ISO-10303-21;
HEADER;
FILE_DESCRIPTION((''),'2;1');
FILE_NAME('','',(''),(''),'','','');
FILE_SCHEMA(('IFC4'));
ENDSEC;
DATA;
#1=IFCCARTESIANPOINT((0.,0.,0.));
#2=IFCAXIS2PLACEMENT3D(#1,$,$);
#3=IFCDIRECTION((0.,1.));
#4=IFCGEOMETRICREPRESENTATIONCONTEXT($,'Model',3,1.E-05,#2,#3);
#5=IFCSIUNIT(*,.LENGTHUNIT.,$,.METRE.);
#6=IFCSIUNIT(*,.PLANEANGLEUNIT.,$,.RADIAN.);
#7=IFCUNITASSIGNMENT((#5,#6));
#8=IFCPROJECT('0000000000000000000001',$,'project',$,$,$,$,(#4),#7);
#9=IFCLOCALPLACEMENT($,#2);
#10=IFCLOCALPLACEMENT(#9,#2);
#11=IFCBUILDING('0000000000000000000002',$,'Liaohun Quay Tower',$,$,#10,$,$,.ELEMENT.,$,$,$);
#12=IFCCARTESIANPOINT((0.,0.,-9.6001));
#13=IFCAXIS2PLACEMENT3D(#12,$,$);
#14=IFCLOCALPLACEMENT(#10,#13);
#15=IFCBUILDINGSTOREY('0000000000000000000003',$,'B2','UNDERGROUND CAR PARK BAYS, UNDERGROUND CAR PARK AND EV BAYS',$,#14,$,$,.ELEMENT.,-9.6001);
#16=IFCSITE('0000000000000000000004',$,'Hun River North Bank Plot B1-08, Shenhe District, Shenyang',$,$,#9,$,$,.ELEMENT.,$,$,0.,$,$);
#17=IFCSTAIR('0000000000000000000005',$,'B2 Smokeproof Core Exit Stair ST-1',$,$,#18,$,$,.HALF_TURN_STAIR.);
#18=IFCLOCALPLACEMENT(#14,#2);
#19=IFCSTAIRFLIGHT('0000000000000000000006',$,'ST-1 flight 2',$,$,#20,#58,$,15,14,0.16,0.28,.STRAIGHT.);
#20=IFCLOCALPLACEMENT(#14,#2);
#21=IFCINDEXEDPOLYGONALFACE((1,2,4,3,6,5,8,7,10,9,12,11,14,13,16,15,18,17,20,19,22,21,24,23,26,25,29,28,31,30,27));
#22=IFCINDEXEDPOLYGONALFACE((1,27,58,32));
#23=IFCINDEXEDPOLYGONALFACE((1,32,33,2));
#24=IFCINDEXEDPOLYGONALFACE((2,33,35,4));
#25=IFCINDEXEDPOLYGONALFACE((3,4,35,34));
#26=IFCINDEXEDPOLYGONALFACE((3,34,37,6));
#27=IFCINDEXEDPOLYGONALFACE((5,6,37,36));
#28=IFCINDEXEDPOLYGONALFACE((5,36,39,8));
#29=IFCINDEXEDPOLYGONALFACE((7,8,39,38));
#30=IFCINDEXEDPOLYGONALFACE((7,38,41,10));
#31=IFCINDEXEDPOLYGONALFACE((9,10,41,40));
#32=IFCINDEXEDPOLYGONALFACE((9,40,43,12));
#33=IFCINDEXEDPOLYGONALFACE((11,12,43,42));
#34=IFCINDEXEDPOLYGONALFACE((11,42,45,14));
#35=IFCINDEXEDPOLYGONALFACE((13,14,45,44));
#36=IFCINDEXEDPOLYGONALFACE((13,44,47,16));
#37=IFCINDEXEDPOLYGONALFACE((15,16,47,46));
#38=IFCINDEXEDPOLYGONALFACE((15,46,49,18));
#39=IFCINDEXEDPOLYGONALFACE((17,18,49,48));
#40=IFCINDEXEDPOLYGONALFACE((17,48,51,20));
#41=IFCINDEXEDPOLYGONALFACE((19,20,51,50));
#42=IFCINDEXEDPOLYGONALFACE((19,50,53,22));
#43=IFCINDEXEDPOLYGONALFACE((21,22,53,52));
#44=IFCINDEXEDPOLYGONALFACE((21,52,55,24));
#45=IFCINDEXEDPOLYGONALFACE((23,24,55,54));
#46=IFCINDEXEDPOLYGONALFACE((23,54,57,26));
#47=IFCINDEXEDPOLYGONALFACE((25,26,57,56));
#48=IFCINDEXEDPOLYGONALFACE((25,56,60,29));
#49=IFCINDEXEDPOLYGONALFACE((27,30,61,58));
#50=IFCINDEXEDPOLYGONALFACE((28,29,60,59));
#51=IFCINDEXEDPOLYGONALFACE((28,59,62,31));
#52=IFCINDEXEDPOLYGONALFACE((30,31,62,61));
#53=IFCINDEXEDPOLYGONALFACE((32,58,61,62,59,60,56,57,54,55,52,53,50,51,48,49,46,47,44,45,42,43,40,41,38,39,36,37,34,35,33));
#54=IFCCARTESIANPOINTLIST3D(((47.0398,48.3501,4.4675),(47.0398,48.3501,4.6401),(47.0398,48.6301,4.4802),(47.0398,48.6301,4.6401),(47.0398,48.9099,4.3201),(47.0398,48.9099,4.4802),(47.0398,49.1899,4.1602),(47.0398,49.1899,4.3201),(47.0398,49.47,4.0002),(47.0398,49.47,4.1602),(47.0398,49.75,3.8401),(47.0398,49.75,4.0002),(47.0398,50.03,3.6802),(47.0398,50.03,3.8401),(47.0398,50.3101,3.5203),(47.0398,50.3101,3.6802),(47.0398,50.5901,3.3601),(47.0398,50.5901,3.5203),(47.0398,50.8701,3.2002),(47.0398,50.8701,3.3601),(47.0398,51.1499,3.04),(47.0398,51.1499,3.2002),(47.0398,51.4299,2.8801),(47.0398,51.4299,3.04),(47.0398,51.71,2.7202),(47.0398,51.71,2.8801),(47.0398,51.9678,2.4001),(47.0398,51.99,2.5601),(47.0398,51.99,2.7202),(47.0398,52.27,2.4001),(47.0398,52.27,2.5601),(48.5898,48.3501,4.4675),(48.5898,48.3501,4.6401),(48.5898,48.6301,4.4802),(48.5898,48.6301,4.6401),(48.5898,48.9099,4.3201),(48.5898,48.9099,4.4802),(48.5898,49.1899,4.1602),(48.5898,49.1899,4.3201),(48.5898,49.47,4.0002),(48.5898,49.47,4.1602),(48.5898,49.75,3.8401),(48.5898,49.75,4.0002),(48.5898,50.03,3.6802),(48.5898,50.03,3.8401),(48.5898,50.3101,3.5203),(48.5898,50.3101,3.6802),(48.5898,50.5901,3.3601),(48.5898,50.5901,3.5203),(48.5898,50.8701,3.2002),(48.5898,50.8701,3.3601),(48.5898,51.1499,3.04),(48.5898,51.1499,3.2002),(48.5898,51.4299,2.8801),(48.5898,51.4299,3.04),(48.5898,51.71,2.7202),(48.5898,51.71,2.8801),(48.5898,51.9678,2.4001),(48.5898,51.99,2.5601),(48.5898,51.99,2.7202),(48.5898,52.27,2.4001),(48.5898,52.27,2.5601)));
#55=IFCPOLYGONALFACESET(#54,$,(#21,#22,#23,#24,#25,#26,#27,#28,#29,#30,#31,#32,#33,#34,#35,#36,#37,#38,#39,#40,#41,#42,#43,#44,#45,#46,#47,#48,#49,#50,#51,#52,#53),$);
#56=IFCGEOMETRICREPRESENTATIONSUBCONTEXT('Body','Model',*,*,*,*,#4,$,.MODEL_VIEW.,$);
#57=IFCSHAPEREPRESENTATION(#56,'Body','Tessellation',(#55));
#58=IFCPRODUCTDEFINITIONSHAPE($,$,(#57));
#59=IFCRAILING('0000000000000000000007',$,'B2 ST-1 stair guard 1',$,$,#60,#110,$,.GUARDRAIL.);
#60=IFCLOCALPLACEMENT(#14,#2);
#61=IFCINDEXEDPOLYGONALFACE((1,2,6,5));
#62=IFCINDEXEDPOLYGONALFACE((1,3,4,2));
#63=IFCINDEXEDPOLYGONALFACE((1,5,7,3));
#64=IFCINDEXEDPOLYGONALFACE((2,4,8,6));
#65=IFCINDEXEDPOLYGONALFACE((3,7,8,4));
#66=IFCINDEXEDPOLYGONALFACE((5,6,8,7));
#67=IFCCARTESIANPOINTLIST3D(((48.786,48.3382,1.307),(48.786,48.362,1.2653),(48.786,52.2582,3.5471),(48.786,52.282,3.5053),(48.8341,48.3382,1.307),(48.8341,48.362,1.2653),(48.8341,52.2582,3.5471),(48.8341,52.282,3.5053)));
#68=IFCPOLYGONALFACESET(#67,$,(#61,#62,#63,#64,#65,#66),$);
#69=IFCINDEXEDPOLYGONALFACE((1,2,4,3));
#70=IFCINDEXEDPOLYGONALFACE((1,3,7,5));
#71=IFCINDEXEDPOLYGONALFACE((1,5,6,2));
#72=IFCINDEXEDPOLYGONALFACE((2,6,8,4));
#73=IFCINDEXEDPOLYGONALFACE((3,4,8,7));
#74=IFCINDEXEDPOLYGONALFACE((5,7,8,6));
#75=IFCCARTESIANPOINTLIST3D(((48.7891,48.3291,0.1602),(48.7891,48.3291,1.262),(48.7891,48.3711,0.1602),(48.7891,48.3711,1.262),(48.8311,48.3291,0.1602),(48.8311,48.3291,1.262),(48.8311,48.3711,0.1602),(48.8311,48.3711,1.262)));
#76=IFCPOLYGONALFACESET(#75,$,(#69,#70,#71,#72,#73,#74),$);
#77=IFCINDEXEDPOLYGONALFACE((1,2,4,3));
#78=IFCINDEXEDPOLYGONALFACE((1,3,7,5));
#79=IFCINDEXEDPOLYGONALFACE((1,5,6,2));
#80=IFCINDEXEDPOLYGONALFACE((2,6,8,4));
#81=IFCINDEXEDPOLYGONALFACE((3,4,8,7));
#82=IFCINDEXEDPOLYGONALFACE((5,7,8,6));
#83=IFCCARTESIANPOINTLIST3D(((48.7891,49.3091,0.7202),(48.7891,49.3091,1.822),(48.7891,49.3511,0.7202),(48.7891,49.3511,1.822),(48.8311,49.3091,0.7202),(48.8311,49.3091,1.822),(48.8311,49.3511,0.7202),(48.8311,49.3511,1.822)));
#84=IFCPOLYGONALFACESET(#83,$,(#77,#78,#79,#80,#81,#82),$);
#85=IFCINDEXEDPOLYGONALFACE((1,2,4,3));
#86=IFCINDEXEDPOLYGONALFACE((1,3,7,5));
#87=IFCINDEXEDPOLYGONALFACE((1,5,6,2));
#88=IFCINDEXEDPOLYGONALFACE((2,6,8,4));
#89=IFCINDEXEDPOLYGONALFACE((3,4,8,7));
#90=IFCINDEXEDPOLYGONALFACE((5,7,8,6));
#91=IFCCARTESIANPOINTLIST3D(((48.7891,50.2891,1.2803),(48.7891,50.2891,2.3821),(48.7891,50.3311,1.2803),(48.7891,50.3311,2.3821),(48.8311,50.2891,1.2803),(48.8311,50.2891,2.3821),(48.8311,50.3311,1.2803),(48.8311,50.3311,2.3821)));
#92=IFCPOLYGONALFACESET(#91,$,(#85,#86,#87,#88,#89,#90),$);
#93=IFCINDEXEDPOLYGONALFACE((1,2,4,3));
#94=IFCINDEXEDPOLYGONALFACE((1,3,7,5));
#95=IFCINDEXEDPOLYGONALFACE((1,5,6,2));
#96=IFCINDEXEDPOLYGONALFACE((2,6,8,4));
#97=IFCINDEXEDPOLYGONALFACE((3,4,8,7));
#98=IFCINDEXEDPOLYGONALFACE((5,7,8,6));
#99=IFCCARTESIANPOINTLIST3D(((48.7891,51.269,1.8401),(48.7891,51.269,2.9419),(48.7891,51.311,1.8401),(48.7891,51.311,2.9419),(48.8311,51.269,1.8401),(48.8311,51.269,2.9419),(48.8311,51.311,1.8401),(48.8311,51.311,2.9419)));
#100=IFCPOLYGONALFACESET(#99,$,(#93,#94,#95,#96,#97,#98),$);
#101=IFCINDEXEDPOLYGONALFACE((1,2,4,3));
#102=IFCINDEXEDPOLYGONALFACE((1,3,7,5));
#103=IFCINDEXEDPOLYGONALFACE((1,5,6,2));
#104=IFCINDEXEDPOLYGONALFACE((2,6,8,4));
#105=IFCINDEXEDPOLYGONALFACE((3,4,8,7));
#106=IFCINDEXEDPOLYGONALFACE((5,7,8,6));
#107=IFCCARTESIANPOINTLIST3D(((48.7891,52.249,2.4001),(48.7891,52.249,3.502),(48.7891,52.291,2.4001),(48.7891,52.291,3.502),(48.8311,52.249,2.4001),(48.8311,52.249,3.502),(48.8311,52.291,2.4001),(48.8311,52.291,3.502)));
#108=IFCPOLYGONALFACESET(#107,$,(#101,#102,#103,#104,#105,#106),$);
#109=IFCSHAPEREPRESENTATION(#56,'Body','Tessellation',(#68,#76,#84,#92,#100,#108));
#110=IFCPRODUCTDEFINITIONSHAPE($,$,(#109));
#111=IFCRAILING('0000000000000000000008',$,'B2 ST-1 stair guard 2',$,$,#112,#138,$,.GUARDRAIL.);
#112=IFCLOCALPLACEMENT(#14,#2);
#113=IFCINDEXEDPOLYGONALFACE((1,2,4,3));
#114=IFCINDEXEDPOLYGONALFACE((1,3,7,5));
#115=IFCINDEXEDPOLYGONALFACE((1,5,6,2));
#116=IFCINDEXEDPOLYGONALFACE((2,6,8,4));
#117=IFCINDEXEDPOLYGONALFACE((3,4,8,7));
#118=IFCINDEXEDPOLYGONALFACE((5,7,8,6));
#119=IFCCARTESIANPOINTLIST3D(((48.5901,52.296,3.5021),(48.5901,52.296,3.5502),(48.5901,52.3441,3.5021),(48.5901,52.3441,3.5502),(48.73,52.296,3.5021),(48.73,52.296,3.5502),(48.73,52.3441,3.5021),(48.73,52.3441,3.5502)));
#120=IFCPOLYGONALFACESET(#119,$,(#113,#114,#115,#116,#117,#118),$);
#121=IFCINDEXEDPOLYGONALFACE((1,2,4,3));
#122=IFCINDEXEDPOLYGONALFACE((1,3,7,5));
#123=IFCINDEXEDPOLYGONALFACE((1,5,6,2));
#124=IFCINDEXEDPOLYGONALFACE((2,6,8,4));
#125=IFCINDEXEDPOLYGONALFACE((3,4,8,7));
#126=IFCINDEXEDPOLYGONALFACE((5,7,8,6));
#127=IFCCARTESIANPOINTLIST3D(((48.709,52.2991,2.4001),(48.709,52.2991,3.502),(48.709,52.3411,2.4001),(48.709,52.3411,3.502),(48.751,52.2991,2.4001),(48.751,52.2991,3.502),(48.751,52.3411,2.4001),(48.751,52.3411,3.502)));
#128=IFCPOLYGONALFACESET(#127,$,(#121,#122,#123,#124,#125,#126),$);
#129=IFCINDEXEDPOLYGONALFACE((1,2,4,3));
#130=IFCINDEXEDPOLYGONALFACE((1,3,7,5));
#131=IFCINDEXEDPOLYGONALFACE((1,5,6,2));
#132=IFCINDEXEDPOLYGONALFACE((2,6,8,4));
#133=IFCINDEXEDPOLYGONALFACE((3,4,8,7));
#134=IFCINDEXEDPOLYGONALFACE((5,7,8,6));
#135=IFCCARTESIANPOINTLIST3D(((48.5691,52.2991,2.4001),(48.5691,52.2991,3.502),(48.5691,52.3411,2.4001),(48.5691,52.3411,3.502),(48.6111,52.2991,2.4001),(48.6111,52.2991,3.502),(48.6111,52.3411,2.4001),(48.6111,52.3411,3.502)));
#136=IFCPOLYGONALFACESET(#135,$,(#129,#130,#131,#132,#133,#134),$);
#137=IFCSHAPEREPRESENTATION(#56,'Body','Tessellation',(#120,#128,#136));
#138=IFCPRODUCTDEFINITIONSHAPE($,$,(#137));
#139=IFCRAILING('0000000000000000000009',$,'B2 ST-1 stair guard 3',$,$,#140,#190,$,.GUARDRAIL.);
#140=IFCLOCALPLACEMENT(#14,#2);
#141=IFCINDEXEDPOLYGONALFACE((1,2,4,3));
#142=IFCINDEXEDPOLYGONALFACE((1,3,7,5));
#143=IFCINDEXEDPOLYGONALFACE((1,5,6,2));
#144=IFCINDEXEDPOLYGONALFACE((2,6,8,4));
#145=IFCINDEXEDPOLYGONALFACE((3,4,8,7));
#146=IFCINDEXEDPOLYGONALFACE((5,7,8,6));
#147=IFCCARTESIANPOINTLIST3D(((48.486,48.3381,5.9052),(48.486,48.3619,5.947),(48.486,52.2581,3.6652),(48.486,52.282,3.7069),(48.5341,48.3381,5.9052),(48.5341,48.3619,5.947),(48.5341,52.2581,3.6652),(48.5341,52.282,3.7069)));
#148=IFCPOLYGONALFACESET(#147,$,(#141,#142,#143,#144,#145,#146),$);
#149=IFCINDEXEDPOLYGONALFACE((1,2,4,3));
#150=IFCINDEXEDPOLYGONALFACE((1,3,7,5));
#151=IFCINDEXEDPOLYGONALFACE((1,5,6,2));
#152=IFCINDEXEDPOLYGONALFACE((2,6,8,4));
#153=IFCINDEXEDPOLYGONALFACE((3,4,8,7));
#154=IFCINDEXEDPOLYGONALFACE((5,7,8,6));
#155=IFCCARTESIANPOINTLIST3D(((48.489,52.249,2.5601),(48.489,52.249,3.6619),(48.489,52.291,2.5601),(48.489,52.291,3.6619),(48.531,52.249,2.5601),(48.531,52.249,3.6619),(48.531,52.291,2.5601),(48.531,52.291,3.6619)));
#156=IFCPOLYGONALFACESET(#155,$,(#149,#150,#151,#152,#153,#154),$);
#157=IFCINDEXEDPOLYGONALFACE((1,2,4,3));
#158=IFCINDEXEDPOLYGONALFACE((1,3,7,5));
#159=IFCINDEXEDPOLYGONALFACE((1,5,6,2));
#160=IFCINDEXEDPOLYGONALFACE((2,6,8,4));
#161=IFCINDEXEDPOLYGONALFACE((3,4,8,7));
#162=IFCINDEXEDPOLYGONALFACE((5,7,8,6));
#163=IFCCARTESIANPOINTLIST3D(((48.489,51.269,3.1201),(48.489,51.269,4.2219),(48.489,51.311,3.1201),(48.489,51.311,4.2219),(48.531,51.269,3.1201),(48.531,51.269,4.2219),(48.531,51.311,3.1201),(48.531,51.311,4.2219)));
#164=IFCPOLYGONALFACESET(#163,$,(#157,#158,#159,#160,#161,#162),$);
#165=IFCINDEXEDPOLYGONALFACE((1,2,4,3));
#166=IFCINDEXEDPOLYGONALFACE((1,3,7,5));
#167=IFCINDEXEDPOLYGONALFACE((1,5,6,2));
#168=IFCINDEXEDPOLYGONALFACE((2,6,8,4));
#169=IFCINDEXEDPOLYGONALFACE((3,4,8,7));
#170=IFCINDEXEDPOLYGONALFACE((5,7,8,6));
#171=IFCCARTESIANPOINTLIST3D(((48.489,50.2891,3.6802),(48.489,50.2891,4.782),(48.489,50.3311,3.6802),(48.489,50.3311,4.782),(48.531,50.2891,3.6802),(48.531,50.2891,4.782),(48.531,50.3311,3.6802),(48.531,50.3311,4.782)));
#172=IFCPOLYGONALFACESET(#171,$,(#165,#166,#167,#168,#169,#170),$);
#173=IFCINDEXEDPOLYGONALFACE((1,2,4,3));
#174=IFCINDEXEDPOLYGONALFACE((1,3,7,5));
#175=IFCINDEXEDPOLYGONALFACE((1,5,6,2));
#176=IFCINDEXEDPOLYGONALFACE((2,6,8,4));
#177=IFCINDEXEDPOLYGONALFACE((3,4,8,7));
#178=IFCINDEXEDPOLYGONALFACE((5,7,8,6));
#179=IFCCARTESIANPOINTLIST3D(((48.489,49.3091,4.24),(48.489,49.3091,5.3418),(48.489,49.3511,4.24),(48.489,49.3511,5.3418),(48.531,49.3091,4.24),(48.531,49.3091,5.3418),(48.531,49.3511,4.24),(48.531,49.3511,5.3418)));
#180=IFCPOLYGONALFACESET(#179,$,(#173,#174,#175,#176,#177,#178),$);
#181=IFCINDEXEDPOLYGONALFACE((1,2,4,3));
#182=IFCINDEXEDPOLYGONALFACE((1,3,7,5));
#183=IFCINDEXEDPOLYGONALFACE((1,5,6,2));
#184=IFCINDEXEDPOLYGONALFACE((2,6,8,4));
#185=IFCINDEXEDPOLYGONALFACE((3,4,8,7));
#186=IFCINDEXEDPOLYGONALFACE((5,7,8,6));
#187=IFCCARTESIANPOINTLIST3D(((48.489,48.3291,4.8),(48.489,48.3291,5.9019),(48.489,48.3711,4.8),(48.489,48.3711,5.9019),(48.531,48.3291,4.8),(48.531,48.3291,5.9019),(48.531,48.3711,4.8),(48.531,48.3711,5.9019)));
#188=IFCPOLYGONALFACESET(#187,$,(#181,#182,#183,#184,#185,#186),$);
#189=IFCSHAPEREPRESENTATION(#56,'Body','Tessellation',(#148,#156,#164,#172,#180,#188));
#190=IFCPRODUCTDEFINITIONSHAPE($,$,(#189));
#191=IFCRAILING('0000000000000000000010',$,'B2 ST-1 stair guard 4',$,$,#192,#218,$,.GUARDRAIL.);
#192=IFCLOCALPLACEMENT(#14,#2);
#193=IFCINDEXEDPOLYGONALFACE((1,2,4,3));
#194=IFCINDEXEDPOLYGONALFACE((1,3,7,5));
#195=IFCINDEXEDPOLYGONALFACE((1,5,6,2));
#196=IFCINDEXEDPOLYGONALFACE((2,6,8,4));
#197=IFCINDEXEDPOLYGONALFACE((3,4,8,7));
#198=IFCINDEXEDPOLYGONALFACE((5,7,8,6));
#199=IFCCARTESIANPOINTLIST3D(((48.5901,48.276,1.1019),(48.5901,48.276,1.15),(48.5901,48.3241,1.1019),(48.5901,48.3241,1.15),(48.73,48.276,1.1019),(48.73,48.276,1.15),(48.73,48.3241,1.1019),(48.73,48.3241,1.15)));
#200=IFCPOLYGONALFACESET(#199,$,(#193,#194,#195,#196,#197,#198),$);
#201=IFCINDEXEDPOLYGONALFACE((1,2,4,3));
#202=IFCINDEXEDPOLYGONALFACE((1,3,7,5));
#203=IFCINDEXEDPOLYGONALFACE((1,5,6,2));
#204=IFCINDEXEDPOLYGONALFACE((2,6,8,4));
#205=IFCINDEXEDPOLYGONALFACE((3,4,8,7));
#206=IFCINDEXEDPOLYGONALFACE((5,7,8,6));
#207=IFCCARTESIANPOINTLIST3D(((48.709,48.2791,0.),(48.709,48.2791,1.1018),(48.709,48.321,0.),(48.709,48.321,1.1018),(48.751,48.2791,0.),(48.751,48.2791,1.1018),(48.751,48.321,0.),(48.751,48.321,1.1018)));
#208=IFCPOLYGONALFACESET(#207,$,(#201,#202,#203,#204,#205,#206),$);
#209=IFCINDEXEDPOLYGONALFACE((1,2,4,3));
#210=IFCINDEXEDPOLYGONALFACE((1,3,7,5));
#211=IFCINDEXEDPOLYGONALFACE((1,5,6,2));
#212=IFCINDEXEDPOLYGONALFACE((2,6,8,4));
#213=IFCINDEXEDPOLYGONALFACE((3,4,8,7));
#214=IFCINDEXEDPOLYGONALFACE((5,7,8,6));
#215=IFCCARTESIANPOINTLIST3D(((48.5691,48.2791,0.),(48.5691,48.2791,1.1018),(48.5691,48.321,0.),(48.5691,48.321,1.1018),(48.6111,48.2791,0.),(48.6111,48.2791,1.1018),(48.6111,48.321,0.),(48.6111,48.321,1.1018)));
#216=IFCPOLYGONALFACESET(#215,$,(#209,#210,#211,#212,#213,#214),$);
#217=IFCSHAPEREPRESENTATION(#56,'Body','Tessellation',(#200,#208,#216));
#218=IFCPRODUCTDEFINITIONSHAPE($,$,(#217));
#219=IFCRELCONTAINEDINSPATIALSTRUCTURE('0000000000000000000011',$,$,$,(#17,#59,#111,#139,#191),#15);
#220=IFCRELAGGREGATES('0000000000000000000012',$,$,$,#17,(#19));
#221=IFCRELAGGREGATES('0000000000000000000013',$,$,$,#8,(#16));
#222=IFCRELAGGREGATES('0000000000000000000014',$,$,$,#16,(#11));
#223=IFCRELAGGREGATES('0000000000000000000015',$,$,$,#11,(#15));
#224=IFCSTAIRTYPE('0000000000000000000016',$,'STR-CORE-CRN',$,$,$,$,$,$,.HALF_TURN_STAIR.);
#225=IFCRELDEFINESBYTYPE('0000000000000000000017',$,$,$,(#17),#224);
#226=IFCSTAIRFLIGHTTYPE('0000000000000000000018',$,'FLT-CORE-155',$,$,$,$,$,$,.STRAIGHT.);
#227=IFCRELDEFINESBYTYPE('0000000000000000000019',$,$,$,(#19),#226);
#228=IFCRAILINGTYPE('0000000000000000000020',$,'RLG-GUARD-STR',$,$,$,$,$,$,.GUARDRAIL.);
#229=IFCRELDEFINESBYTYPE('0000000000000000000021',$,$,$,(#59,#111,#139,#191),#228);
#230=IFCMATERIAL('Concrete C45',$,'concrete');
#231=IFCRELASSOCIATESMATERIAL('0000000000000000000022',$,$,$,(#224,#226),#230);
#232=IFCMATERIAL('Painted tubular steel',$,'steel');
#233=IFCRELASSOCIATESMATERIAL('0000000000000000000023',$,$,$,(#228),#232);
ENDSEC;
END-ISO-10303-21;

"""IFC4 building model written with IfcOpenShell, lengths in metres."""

from ifc_helpers import new_model, si_unit, direction, frame, origin, origin_2d, place, context, subcontext, project, spatial, polyline, rectangle, outline, extrude, material, type_object, element, aggregate, save


model = new_model("IFC4")

# Units and contexts
model_context = context("Model", 3, precision=1e-05, world=origin(), true_north=direction((0.0, 1.0)))
body_context = subcontext(model_context, "Body", "Model", "MODEL_VIEW")
ifc_project = project(units=[si_unit("LENGTHUNIT", "METRE"), si_unit("PLANEANGLEUNIT", "RADIAN")], contexts=[model_context])

# Site, building, storey
site_placement = place(None, origin())
site = spatial("IfcSite", under=ifc_project, at=site_placement, Name="Hun River North Bank Plot B1-08, Shenhe District, Shenyang", CompositionType="ELEMENT", RefElevation=0.0)
building_placement = place(site_placement, origin())
building = spatial("IfcBuilding", under=site, at=building_placement, Name="Liaohun Quay Tower", CompositionType="ELEMENT")
storey_placement = place(building_placement, frame((0.0, 0.0, -9.6001)))
storey = spatial("IfcBuildingStorey", under=building, at=storey_placement, Name="B2", Description="UNDERGROUND CAR PARK BAYS, UNDERGROUND CAR PARK AND EV BAYS", CompositionType="ELEMENT", Elevation=-9.6001)

# Stair, stair flight
ifc_material_1 = material(Name="Concrete C45", Category="concrete")
stair_type = type_object("IfcStairType", Name="STR-CORE-CRN", PredefinedType="HALF_TURN_STAIR", material=ifc_material_1)
stair_placement = place(storey_placement, origin())
stair = element("IfcStair", 1, at=stair_placement, inside=storey, type_object=stair_type, Name="B2 Smokeproof Core Exit Stair ST-1", PredefinedType="HALF_TURN_STAIR")
stair_flight_type = type_object("IfcStairFlightType", Name="FLT-CORE-155", PredefinedType="STRAIGHT", material=ifc_material_1)
stair_flight_1_placement = place(storey_placement, frame((47.8149, 52.27, 2.4001), z_axis=(0.0, 0.0, 1.0), x_axis=(0.0, -1.0, 0.0)))
stair_flight_1 = element("IfcStairFlight", 2, at=stair_flight_1_placement, type_object=stair_flight_type, Name="ST-1 flight 2", NumberOfRisers=15, NumberOfTreads=14, PredefinedType="STRAIGHT", RiserHeight=0.16, TreadLength=0.28, context=body_context, shape_type="SweptSolid", body=[
    extrude(outline(polyline([(0.0, 0.0), (0.0, 0.1599), (0.28, 0.1599), (0.28, 0.3201), (0.5601, 0.3201), (0.5601, 0.48), (0.8401, 0.48), (0.8401, 0.6399), (1.1201, 0.6399), (1.1201, 0.8), (1.3999, 0.8), (1.3999, 0.96), (1.6799, 0.96), (1.6799, 1.1201), (1.96, 1.1201), (1.96, 1.28), (2.24, 1.28), (2.24, 1.4399), (2.52, 1.4399), (2.52, 1.6001), (2.8, 1.6001), (2.8, 1.76), (3.0801, 1.76), (3.0801, 1.9199), (3.3601, 1.9199), (3.3601, 2.0801), (3.6399, 2.0801), (3.6399, 2.24), (3.9199, 2.24), (3.9199, 2.3999), (3.9199, 2.0674), (0.3022, 0.0), (0.0, 0.0)])), frame((0.0, 0.7749, 0.0), z_axis=(0.0, -1.0, 0.0), x_axis=(1.0, 0.0, 0.0)), (0.0, 0.0, 1.0), 1.55),
])
aggregate(stair, [stair_flight_1])

# Railings
ifc_material_2 = material(Name="Painted tubular steel", Category="steel")
railing_type_1 = type_object("IfcRailingType", Name="RLG-GUARD-STR", PredefinedType="GUARDRAIL", material=ifc_material_2)
railing_1_placement = place(storey_placement, frame((48.8101, 48.3501, 0.1602)))
element("IfcRailing", 3, at=railing_1_placement, inside=storey, type_object=railing_type_1, Name="B2 ST-1 stair guard 1", PredefinedType="GUARDRAIL", context=body_context, shape_type="SweptSolid", body=[
    extrude(rectangle(XDim=0.0481, YDim=0.0481, at=origin_2d()), frame((0.0, 0.0, 1.126), z_axis=(0.0, 0.86824, 0.496145), x_axis=(-1.0, 0.0, 0.0)), (0.0, 0.0, 1.0), 4.5149),
    extrude(rectangle(XDim=0.042, YDim=0.042, at=origin_2d()), origin(), (0.0, 0.0, 1.0), 1.1018),
    extrude(rectangle(XDim=0.042, YDim=0.042, at=origin_2d()), frame((0.0, 0.98, 0.5601)), (0.0, 0.0, 1.0), 1.1018),
    extrude(rectangle(XDim=0.042, YDim=0.042, at=origin_2d()), frame((0.0, 1.96, 1.1201)), (0.0, 0.0, 1.0), 1.1018),
    extrude(rectangle(XDim=0.042, YDim=0.042, at=origin_2d()), frame((0.0, 2.9399, 1.6799)), (0.0, 0.0, 1.0), 1.1018),
    extrude(rectangle(XDim=0.042, YDim=0.042, at=origin_2d()), frame((0.0, 3.9199, 2.24)), (0.0, 0.0, 1.0), 1.1018),
])
railing_2_placement = place(storey_placement, frame((48.73, 52.3201, 2.4001)))
element("IfcRailing", 4, at=railing_2_placement, inside=storey, type_object=railing_type_1, Name="B2 ST-1 stair guard 2", PredefinedType="GUARDRAIL", context=body_context, shape_type="SweptSolid", body=[
    extrude(rectangle(XDim=0.0481, YDim=0.0481, at=origin_2d()), frame((0.0, 0.0, 1.126), z_axis=(-1.0, 0.0, 0.0), x_axis=(0.0, -1.0, 0.0)), (0.0, 0.0, 1.0), 0.1399),
    extrude(rectangle(XDim=0.042, YDim=0.042, at=origin_2d()), origin(), (0.0, 0.0, 1.0), 1.1018),
    extrude(rectangle(XDim=0.042, YDim=0.042, at=origin_2d()), frame((-0.1399, 0.0, 0.0)), (0.0, 0.0, 1.0), 1.1018),
])
railing_3_placement = place(storey_placement, frame((48.51, 52.27, 2.5601)))
element("IfcRailing", 5, at=railing_3_placement, inside=storey, type_object=railing_type_1, Name="B2 ST-1 stair guard 3", PredefinedType="GUARDRAIL", context=body_context, shape_type="SweptSolid", body=[
    extrude(rectangle(XDim=0.0481, YDim=0.0481, at=origin_2d()), frame((0.0, 0.0, 1.126), z_axis=(0.0, -0.86824, 0.496145), x_axis=(1.0, 0.0, 0.0)), (0.0, 0.0, 1.0), 4.5149),
    extrude(rectangle(XDim=0.042, YDim=0.042, at=origin_2d()), origin(), (0.0, 0.0, 1.0), 1.1018),
    extrude(rectangle(XDim=0.042, YDim=0.042, at=origin_2d()), frame((0.0, -0.98, 0.5601)), (0.0, 0.0, 1.0), 1.1018),
    extrude(rectangle(XDim=0.042, YDim=0.042, at=origin_2d()), frame((0.0, -1.96, 1.1201)), (0.0, 0.0, 1.0), 1.1018),
    extrude(rectangle(XDim=0.042, YDim=0.042, at=origin_2d()), frame((0.0, -2.9399, 1.6799)), (0.0, 0.0, 1.0), 1.1018),
    extrude(rectangle(XDim=0.042, YDim=0.042, at=origin_2d()), frame((0.0, -3.9199, 2.24)), (0.0, 0.0, 1.0), 1.1018),
])
railing_4_placement = place(storey_placement, frame((48.73, 48.3, 0.0)))
element("IfcRailing", 6, at=railing_4_placement, inside=storey, type_object=railing_type_1, Name="B2 ST-1 stair guard 4", PredefinedType="GUARDRAIL", context=body_context, shape_type="SweptSolid", body=[
    extrude(rectangle(XDim=0.0481, YDim=0.0481, at=origin_2d()), frame((0.0, 0.0, 1.126), z_axis=(-1.0, 0.0, 0.0), x_axis=(0.0, -1.0, 0.0)), (0.0, 0.0, 1.0), 0.1399),
    extrude(rectangle(XDim=0.042, YDim=0.042, at=origin_2d()), origin(), (0.0, 0.0, 1.0), 1.1018),
    extrude(rectangle(XDim=0.042, YDim=0.042, at=origin_2d()), frame((-0.1399, 0.0, 0.0)), (0.0, 0.0, 1.0), 1.1018),
])

save(model, "model.ifc")
